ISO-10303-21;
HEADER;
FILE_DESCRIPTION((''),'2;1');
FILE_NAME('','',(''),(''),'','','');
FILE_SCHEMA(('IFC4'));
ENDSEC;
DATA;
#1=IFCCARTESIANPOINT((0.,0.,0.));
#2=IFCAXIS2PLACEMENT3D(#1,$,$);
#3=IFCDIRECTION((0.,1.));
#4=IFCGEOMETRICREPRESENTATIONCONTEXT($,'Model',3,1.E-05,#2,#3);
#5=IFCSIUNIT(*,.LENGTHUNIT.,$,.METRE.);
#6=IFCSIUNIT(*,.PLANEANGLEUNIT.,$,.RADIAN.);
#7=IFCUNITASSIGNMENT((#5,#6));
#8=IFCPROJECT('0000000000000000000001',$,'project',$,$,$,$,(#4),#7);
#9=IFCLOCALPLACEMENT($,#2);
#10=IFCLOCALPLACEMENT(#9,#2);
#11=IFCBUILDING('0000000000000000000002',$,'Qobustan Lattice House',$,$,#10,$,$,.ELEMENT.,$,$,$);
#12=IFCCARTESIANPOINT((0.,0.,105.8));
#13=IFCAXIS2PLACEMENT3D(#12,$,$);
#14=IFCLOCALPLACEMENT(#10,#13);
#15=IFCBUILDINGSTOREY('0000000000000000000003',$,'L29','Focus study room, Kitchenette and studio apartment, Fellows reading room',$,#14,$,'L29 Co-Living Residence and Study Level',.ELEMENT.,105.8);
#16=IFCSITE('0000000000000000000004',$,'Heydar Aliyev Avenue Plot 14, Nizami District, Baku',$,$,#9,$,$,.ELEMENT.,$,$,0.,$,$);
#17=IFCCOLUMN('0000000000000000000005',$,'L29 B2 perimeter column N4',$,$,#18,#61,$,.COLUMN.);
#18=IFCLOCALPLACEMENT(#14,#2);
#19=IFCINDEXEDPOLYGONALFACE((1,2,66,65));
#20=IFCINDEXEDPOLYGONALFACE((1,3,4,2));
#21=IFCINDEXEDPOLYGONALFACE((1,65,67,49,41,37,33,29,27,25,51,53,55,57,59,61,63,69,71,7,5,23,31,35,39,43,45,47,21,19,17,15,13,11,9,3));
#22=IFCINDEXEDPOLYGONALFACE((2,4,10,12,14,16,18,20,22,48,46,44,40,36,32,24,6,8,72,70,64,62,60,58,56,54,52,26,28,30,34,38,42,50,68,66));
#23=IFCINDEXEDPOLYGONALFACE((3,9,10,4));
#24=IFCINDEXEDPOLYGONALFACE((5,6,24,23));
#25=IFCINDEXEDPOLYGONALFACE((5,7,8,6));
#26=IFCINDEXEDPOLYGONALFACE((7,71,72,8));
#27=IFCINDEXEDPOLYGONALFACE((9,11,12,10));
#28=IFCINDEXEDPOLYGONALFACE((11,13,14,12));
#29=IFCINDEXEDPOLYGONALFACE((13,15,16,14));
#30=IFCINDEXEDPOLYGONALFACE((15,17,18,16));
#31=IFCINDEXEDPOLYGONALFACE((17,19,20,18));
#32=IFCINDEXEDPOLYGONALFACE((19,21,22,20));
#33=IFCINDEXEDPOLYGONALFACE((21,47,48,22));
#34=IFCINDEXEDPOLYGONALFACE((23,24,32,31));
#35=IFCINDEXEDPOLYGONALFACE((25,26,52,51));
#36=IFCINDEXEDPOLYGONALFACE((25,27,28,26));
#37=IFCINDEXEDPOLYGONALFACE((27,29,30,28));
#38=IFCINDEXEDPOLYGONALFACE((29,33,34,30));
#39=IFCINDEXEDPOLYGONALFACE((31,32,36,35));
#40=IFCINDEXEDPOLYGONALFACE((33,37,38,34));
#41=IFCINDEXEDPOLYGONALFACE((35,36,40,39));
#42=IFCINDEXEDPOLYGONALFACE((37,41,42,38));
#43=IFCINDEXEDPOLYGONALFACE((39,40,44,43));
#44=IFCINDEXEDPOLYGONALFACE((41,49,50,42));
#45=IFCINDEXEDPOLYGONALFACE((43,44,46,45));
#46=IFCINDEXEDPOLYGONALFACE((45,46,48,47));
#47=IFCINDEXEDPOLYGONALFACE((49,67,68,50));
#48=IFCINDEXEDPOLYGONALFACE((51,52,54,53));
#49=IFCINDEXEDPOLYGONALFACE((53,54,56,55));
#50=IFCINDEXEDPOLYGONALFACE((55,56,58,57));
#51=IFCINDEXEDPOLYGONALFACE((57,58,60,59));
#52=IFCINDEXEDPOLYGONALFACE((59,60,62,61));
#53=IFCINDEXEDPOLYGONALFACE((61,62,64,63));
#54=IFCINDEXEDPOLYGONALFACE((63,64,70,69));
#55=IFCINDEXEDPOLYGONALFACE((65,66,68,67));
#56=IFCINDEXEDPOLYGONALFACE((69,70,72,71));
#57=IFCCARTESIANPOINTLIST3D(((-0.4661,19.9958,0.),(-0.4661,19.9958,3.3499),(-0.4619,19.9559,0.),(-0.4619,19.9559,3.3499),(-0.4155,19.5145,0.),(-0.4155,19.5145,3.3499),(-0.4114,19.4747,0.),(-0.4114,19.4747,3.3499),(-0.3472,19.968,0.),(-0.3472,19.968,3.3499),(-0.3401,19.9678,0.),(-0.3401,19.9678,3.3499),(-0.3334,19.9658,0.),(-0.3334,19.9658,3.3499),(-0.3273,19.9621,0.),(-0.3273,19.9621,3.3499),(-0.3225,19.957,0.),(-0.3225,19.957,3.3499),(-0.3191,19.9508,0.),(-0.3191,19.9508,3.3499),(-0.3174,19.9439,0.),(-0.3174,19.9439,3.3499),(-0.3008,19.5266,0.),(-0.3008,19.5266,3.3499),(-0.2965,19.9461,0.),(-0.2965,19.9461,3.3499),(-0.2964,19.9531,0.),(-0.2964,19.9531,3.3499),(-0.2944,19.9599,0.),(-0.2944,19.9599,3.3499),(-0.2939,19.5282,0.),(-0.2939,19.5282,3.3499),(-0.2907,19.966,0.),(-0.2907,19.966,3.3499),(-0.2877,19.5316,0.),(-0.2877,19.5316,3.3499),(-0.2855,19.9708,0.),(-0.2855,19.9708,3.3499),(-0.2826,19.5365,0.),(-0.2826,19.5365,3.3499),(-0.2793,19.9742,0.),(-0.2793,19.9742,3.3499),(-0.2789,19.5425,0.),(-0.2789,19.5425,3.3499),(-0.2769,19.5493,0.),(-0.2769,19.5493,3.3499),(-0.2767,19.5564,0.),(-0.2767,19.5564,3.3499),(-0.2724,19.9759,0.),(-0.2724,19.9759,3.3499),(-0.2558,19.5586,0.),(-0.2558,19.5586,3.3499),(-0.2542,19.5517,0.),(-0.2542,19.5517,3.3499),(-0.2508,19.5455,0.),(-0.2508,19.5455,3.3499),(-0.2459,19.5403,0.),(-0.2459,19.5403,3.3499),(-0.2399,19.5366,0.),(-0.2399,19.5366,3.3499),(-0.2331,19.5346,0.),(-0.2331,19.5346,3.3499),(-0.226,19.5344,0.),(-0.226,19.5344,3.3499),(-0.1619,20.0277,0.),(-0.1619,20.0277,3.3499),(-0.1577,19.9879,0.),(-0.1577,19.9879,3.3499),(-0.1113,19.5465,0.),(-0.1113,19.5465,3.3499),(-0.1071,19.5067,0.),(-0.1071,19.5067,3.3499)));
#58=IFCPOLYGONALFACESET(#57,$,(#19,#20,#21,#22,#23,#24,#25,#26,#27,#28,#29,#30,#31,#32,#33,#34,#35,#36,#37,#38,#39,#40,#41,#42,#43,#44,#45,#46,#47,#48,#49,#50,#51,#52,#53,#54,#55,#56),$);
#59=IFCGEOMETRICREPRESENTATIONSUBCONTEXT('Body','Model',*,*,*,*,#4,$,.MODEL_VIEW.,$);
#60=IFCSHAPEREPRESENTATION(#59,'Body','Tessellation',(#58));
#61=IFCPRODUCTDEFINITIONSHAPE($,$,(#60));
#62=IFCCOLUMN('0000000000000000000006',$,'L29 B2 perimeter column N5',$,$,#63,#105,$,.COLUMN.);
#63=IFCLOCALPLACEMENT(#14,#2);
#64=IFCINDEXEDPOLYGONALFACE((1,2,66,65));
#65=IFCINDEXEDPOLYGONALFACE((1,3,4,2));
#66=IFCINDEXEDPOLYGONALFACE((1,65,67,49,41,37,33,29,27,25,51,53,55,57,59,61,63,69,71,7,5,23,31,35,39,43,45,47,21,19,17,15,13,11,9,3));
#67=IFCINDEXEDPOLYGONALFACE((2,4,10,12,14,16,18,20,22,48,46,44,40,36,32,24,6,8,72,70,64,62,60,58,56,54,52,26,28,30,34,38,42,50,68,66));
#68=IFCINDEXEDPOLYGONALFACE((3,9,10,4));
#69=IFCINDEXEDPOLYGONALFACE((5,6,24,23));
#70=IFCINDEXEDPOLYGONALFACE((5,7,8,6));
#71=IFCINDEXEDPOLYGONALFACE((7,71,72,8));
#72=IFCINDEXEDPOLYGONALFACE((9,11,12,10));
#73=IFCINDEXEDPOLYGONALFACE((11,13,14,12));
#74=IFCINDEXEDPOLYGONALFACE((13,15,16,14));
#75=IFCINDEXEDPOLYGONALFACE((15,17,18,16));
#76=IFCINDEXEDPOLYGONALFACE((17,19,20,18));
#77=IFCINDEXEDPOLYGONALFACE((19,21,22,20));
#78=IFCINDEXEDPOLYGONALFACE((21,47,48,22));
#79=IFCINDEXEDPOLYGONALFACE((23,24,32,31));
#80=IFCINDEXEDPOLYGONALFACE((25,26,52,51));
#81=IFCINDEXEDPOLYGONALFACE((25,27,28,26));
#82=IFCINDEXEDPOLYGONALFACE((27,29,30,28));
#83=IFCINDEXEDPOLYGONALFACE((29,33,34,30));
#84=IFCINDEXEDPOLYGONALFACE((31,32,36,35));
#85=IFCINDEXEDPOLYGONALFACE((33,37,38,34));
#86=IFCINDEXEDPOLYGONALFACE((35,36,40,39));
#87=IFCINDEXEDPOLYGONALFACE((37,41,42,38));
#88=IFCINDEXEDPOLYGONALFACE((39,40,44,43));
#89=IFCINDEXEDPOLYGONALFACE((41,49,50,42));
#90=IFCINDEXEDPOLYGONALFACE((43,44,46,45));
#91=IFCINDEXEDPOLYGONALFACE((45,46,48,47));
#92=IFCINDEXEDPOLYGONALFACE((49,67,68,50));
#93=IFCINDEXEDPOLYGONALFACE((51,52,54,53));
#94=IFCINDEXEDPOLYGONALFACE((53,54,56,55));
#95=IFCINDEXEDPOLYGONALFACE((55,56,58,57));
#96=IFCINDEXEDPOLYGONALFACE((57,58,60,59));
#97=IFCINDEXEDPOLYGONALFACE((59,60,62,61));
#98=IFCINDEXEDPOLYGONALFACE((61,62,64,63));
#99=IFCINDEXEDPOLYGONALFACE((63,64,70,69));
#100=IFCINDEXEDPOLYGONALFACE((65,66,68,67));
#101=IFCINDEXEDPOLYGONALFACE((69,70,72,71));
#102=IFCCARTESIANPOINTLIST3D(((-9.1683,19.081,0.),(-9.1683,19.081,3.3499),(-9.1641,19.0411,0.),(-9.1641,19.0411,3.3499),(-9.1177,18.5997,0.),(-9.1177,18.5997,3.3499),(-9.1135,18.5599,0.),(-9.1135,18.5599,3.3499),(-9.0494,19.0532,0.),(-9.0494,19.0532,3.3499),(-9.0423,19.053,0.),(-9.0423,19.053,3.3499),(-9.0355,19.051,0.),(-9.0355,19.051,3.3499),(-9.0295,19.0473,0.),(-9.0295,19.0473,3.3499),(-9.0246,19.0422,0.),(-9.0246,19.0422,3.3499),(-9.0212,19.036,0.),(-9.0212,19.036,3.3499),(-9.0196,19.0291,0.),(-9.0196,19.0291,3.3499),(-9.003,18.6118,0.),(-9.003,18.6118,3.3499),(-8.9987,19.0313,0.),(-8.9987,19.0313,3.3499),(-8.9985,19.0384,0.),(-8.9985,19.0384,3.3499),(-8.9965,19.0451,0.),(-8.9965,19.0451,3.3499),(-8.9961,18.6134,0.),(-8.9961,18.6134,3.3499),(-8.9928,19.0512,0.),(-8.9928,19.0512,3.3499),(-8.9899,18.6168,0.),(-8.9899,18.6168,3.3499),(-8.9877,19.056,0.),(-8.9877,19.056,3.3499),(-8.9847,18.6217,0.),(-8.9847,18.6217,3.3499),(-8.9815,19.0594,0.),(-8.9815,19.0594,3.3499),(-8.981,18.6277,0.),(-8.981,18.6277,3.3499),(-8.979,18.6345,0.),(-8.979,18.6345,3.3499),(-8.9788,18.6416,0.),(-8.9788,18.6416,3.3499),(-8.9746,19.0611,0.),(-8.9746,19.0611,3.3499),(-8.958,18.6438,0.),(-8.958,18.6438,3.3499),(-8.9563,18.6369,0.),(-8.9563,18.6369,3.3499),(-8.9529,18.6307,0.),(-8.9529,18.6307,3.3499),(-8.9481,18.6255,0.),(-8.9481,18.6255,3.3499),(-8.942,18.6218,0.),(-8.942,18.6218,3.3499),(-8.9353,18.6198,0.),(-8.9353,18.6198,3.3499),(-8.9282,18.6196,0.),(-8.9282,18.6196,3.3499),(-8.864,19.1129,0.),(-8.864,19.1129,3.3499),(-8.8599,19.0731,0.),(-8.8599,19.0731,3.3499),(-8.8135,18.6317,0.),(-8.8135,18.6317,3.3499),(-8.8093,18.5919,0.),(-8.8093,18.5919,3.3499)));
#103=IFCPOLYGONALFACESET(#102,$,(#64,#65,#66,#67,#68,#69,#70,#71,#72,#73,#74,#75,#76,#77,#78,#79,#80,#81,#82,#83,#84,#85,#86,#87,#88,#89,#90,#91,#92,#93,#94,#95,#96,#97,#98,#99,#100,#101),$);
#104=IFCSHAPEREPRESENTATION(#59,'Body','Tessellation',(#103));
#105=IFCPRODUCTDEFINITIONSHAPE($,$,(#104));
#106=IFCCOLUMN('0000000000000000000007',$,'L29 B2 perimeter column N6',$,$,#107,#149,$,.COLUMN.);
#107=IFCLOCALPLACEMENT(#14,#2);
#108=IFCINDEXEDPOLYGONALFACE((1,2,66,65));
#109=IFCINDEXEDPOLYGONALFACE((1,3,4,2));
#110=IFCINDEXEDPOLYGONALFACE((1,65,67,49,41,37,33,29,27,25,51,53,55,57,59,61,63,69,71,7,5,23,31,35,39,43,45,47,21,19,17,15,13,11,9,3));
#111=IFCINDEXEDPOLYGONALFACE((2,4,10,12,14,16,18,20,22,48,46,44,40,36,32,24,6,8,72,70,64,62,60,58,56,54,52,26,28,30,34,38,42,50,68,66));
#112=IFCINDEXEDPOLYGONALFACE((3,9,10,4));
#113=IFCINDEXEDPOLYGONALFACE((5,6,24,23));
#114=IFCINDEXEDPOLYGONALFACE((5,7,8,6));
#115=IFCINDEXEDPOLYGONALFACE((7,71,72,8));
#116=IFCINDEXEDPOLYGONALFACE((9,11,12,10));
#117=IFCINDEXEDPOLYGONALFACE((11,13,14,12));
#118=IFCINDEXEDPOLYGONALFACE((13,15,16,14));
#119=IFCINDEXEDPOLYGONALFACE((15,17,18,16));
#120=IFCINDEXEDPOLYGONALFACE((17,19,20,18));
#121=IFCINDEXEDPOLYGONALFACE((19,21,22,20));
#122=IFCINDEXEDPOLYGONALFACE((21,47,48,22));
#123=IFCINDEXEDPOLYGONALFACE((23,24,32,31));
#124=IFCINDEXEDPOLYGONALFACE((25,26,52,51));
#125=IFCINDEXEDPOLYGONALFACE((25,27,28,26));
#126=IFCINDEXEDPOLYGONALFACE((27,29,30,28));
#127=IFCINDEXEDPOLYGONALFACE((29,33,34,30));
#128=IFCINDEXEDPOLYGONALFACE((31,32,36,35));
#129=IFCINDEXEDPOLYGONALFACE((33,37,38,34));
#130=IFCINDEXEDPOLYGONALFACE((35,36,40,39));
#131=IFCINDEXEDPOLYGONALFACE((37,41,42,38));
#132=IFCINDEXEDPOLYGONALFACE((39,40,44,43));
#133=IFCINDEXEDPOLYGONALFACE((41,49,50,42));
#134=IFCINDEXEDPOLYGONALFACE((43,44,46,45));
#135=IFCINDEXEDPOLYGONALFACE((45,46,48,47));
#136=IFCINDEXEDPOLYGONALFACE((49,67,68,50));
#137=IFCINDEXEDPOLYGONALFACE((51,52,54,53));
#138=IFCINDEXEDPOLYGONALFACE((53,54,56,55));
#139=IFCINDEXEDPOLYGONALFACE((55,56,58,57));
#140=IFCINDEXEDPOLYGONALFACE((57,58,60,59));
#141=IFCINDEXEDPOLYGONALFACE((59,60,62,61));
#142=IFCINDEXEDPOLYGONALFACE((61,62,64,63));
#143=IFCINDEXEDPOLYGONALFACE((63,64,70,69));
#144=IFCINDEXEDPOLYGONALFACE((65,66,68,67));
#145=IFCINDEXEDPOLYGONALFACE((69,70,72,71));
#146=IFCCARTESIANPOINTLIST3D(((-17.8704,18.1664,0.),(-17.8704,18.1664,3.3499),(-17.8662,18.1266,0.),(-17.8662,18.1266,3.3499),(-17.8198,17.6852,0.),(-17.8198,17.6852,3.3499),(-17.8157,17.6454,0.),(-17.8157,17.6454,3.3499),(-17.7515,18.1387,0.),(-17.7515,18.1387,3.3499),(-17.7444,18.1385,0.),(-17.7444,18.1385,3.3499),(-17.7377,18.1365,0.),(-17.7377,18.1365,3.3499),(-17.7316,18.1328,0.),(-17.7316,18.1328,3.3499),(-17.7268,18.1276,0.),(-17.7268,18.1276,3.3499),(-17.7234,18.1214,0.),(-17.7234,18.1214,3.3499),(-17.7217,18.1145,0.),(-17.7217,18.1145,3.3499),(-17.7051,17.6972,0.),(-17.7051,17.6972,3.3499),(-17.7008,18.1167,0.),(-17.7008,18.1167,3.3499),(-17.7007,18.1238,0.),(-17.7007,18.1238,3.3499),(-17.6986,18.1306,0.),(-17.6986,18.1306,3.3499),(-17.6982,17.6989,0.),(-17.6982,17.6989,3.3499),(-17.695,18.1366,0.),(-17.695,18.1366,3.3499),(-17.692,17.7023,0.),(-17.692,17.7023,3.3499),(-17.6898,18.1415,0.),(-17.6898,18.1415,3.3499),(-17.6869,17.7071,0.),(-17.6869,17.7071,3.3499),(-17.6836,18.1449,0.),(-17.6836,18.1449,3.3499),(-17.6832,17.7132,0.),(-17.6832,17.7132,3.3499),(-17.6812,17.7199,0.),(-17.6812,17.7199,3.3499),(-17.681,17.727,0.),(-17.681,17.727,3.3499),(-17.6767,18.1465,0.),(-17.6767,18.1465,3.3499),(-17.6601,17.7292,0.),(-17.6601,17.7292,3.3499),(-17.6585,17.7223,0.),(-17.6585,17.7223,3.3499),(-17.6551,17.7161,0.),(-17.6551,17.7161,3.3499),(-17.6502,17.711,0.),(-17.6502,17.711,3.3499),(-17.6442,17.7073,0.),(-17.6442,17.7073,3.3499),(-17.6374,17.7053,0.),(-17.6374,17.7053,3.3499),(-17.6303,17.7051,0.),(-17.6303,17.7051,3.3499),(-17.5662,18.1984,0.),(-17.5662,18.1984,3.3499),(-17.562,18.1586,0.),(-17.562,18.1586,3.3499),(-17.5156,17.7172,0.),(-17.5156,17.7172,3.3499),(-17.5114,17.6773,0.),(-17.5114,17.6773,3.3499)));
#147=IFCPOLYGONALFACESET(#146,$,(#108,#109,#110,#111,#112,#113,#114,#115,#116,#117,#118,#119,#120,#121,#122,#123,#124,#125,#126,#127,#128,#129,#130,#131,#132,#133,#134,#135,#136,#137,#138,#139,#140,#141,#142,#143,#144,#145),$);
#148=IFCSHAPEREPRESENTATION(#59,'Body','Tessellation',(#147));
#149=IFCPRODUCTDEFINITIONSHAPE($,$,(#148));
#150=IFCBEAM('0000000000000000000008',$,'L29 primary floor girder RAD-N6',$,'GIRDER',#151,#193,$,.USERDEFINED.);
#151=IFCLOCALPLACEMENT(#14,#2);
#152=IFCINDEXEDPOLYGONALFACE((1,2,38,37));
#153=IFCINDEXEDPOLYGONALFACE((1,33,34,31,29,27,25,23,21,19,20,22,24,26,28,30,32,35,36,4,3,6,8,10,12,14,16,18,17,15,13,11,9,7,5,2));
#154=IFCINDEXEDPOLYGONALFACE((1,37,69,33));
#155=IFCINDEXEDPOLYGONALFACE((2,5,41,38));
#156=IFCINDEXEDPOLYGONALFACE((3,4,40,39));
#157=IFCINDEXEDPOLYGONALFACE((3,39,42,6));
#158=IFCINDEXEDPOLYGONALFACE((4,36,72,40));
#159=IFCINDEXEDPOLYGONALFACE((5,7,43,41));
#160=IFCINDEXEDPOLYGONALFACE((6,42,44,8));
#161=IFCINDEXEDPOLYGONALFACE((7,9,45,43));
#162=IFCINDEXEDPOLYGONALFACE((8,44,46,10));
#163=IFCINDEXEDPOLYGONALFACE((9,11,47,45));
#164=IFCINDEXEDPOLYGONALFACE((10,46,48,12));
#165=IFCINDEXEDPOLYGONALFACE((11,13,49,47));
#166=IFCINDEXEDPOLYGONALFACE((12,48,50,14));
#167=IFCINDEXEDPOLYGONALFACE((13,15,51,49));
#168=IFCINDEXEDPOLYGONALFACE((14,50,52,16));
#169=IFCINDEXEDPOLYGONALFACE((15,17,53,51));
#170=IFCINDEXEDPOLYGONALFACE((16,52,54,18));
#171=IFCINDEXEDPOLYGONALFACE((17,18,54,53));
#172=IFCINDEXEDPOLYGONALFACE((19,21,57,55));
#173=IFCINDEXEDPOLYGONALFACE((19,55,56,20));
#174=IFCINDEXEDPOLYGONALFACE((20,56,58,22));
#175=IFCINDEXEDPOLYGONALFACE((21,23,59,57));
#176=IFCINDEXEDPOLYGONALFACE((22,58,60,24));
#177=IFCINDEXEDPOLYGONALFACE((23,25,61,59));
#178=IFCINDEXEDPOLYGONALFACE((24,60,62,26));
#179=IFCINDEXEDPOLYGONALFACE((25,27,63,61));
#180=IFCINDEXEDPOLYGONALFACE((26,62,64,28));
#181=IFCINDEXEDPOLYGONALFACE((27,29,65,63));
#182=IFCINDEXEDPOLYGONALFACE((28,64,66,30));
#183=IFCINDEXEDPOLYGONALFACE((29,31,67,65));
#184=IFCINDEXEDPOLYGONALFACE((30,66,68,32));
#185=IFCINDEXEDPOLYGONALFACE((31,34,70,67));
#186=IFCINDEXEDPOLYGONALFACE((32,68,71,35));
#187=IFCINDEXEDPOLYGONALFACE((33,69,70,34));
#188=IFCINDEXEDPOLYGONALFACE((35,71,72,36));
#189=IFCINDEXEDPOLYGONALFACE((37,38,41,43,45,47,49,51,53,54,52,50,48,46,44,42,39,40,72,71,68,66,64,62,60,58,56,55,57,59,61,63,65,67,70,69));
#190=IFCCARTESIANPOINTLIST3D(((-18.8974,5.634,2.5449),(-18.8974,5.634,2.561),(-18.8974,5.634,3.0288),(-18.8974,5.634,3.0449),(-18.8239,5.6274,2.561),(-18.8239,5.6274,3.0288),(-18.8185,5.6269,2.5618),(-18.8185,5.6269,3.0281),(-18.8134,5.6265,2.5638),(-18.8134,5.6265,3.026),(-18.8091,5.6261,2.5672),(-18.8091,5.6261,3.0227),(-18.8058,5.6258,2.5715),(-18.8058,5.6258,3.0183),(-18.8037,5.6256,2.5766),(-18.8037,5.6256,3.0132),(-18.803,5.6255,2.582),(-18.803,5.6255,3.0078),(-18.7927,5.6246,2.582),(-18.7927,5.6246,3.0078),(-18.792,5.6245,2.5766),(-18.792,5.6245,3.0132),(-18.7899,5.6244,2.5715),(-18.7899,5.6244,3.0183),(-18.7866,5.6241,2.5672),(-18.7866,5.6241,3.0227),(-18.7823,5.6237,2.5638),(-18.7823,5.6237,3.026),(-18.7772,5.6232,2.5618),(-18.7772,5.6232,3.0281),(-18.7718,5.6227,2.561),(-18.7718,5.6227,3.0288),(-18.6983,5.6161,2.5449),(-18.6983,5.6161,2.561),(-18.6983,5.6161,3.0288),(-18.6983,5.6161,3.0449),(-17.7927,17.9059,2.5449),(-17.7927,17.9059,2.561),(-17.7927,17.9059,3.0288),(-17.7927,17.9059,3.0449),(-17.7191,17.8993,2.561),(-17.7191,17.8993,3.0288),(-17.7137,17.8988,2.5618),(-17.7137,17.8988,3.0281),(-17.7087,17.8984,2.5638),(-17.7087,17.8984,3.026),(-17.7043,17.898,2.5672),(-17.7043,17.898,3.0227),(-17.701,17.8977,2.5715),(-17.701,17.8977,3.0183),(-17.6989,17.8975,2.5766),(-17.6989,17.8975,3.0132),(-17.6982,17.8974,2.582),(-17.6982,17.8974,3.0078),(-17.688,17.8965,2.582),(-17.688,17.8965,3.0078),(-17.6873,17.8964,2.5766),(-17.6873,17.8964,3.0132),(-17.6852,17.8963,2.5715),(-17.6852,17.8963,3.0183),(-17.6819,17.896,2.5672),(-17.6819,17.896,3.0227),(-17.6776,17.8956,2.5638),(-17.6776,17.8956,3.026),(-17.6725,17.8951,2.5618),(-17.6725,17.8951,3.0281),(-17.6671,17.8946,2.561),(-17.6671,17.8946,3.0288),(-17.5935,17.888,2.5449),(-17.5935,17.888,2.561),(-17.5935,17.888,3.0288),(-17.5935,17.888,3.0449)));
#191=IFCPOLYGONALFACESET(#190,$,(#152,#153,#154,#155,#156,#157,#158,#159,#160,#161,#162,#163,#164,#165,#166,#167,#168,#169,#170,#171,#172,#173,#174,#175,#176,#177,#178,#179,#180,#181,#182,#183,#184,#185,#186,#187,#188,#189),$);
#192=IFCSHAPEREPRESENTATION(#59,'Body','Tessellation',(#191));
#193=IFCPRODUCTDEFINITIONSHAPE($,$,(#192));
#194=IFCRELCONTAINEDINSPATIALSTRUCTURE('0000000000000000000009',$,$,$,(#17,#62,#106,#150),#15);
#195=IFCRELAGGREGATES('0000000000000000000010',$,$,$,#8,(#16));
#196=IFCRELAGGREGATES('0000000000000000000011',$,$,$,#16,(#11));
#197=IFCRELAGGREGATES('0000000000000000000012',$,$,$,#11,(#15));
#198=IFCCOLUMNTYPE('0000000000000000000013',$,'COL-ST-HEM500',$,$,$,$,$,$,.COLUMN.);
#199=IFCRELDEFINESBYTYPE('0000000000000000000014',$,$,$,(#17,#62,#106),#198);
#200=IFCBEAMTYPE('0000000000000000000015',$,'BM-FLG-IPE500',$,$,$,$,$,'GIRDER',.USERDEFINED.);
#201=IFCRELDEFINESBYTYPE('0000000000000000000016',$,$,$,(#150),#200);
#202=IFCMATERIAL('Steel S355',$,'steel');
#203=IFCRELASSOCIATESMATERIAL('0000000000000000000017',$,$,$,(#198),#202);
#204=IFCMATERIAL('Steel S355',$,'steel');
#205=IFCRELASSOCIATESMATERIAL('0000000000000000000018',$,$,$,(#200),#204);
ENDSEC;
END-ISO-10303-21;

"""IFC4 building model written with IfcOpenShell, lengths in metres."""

from ifc_helpers import new_model, si_unit, direction, frame, origin, origin_2d, place, context, subcontext, project, spatial, i_section, extrude, material, material_profile, profile_set, type_object, element, save


model = new_model("IFC4")

# Units and contexts
model_context = context("Model", 3, precision=1e-05, world=origin(), true_north=direction((0.0, 1.0)))
body_context = subcontext(model_context, "Body", "Model", "MODEL_VIEW")
ifc_project = project(units=[si_unit("LENGTHUNIT", "METRE"), si_unit("PLANEANGLEUNIT", "RADIAN")], contexts=[model_context])

# Site, building, storey
site_placement = place(None, origin())
site = spatial("IfcSite", under=ifc_project, at=site_placement, Name="Heydar Aliyev Avenue Plot 14, Nizami District, Baku", CompositionType="ELEMENT", RefElevation=0.0)
building_placement = place(site_placement, origin())
building = spatial("IfcBuilding", under=site, at=building_placement, Name="Qobustan Lattice House", CompositionType="ELEMENT")
storey_placement = place(building_placement, frame((0.0, 0.0, 105.8)))
storey = spatial("IfcBuildingStorey", under=building, at=storey_placement, Name="L29", Description="Focus study room, Kitchenette and studio apartment, Fellows reading room", LongName="L29 Co-Living Residence and Study Level", CompositionType="ELEMENT", Elevation=105.8)

# Columns
ifc_material_1 = material(Name="Steel S355", Category="steel")
ifc_material_profile_1 = material_profile(ifc_material_1, i_section(OverallWidth=0.3059, OverallDepth=0.5239, WebThickness=0.021, FlangeThickness=0.04, FilletRadius=0.0271, at=origin_2d()), Name="HEM500")
ifc_profile_set_1 = profile_set([ifc_material_profile_1], Name="Steel S355")
column_type = type_object("IfcColumnType", Name="COL-ST-HEM500", PredefinedType="COLUMN", material=ifc_profile_set_1)
for number, where, z_axis, x_axis, name in (
    (1, (-0.2866, 19.7512, 0.0), (0.0, 0.0, 1.0), (0.994522, 0.104528, 0.0), "L29 B2 perimeter column N4"),
    (2, (-8.9888, 18.8364, 0.0), (0.0, 0.0, 1.0), (0.994522, 0.104528, 0.0), "L29 B2 perimeter column N5"),
    (3, (-17.6909, 17.9219, 0.0), (0.0, 0.0, 1.0), (0.994522, 0.104528, 0.0), "L29 B2 perimeter column N6"),
):
    element("IfcColumn", number, at=place(storey_placement, frame(where, z_axis=z_axis, x_axis=x_axis)), inside=storey, type_object=column_type, Name=name, PredefinedType="COLUMN", context=body_context, shape_type="SweptSolid", body=[
        extrude(i_section(OverallWidth=0.3059, OverallDepth=0.5239, WebThickness=0.021, FlangeThickness=0.04, FilletRadius=0.0271, at=origin_2d()), origin(), (0.0, 0.0, 1.0), 3.3499),
    ])

# Beam
ifc_material_2 = material(Name="Steel S355", Category="steel")
ifc_material_profile_2 = material_profile(ifc_material_2, i_section(OverallWidth=0.2, OverallDepth=0.5, WebThickness=0.0103, FlangeThickness=0.0161, FilletRadius=0.021, at=origin_2d()), Name="IPE500")
ifc_profile_set_2 = profile_set([ifc_material_profile_2], Name="Steel S355")
beam_type_1 = type_object("IfcBeamType", Name="BM-FLG-IPE500", ElementType="GIRDER", PredefinedType="USERDEFINED", material=ifc_profile_set_2)
beam_1_placement = place(storey_placement, frame((-17.6931, 17.897, 2.7949), z_axis=(-0.089659, -0.995973, 0.0), x_axis=(0.995973, -0.089659, 0.0)))
element("IfcBeam", 4, at=beam_1_placement, inside=storey, type_object=beam_type_1, Name="L29 primary floor girder RAD-N6", ObjectType="GIRDER", PredefinedType="USERDEFINED", context=body_context, shape_type="SweptSolid", body=[
    extrude(i_section(OverallWidth=0.2, OverallDepth=0.5, WebThickness=0.0103, FlangeThickness=0.0161, FilletRadius=0.021, at=origin_2d()), origin(), (0.0, 0.0, 1.0), 12.3215),
])

save(model, "model.ifc")
